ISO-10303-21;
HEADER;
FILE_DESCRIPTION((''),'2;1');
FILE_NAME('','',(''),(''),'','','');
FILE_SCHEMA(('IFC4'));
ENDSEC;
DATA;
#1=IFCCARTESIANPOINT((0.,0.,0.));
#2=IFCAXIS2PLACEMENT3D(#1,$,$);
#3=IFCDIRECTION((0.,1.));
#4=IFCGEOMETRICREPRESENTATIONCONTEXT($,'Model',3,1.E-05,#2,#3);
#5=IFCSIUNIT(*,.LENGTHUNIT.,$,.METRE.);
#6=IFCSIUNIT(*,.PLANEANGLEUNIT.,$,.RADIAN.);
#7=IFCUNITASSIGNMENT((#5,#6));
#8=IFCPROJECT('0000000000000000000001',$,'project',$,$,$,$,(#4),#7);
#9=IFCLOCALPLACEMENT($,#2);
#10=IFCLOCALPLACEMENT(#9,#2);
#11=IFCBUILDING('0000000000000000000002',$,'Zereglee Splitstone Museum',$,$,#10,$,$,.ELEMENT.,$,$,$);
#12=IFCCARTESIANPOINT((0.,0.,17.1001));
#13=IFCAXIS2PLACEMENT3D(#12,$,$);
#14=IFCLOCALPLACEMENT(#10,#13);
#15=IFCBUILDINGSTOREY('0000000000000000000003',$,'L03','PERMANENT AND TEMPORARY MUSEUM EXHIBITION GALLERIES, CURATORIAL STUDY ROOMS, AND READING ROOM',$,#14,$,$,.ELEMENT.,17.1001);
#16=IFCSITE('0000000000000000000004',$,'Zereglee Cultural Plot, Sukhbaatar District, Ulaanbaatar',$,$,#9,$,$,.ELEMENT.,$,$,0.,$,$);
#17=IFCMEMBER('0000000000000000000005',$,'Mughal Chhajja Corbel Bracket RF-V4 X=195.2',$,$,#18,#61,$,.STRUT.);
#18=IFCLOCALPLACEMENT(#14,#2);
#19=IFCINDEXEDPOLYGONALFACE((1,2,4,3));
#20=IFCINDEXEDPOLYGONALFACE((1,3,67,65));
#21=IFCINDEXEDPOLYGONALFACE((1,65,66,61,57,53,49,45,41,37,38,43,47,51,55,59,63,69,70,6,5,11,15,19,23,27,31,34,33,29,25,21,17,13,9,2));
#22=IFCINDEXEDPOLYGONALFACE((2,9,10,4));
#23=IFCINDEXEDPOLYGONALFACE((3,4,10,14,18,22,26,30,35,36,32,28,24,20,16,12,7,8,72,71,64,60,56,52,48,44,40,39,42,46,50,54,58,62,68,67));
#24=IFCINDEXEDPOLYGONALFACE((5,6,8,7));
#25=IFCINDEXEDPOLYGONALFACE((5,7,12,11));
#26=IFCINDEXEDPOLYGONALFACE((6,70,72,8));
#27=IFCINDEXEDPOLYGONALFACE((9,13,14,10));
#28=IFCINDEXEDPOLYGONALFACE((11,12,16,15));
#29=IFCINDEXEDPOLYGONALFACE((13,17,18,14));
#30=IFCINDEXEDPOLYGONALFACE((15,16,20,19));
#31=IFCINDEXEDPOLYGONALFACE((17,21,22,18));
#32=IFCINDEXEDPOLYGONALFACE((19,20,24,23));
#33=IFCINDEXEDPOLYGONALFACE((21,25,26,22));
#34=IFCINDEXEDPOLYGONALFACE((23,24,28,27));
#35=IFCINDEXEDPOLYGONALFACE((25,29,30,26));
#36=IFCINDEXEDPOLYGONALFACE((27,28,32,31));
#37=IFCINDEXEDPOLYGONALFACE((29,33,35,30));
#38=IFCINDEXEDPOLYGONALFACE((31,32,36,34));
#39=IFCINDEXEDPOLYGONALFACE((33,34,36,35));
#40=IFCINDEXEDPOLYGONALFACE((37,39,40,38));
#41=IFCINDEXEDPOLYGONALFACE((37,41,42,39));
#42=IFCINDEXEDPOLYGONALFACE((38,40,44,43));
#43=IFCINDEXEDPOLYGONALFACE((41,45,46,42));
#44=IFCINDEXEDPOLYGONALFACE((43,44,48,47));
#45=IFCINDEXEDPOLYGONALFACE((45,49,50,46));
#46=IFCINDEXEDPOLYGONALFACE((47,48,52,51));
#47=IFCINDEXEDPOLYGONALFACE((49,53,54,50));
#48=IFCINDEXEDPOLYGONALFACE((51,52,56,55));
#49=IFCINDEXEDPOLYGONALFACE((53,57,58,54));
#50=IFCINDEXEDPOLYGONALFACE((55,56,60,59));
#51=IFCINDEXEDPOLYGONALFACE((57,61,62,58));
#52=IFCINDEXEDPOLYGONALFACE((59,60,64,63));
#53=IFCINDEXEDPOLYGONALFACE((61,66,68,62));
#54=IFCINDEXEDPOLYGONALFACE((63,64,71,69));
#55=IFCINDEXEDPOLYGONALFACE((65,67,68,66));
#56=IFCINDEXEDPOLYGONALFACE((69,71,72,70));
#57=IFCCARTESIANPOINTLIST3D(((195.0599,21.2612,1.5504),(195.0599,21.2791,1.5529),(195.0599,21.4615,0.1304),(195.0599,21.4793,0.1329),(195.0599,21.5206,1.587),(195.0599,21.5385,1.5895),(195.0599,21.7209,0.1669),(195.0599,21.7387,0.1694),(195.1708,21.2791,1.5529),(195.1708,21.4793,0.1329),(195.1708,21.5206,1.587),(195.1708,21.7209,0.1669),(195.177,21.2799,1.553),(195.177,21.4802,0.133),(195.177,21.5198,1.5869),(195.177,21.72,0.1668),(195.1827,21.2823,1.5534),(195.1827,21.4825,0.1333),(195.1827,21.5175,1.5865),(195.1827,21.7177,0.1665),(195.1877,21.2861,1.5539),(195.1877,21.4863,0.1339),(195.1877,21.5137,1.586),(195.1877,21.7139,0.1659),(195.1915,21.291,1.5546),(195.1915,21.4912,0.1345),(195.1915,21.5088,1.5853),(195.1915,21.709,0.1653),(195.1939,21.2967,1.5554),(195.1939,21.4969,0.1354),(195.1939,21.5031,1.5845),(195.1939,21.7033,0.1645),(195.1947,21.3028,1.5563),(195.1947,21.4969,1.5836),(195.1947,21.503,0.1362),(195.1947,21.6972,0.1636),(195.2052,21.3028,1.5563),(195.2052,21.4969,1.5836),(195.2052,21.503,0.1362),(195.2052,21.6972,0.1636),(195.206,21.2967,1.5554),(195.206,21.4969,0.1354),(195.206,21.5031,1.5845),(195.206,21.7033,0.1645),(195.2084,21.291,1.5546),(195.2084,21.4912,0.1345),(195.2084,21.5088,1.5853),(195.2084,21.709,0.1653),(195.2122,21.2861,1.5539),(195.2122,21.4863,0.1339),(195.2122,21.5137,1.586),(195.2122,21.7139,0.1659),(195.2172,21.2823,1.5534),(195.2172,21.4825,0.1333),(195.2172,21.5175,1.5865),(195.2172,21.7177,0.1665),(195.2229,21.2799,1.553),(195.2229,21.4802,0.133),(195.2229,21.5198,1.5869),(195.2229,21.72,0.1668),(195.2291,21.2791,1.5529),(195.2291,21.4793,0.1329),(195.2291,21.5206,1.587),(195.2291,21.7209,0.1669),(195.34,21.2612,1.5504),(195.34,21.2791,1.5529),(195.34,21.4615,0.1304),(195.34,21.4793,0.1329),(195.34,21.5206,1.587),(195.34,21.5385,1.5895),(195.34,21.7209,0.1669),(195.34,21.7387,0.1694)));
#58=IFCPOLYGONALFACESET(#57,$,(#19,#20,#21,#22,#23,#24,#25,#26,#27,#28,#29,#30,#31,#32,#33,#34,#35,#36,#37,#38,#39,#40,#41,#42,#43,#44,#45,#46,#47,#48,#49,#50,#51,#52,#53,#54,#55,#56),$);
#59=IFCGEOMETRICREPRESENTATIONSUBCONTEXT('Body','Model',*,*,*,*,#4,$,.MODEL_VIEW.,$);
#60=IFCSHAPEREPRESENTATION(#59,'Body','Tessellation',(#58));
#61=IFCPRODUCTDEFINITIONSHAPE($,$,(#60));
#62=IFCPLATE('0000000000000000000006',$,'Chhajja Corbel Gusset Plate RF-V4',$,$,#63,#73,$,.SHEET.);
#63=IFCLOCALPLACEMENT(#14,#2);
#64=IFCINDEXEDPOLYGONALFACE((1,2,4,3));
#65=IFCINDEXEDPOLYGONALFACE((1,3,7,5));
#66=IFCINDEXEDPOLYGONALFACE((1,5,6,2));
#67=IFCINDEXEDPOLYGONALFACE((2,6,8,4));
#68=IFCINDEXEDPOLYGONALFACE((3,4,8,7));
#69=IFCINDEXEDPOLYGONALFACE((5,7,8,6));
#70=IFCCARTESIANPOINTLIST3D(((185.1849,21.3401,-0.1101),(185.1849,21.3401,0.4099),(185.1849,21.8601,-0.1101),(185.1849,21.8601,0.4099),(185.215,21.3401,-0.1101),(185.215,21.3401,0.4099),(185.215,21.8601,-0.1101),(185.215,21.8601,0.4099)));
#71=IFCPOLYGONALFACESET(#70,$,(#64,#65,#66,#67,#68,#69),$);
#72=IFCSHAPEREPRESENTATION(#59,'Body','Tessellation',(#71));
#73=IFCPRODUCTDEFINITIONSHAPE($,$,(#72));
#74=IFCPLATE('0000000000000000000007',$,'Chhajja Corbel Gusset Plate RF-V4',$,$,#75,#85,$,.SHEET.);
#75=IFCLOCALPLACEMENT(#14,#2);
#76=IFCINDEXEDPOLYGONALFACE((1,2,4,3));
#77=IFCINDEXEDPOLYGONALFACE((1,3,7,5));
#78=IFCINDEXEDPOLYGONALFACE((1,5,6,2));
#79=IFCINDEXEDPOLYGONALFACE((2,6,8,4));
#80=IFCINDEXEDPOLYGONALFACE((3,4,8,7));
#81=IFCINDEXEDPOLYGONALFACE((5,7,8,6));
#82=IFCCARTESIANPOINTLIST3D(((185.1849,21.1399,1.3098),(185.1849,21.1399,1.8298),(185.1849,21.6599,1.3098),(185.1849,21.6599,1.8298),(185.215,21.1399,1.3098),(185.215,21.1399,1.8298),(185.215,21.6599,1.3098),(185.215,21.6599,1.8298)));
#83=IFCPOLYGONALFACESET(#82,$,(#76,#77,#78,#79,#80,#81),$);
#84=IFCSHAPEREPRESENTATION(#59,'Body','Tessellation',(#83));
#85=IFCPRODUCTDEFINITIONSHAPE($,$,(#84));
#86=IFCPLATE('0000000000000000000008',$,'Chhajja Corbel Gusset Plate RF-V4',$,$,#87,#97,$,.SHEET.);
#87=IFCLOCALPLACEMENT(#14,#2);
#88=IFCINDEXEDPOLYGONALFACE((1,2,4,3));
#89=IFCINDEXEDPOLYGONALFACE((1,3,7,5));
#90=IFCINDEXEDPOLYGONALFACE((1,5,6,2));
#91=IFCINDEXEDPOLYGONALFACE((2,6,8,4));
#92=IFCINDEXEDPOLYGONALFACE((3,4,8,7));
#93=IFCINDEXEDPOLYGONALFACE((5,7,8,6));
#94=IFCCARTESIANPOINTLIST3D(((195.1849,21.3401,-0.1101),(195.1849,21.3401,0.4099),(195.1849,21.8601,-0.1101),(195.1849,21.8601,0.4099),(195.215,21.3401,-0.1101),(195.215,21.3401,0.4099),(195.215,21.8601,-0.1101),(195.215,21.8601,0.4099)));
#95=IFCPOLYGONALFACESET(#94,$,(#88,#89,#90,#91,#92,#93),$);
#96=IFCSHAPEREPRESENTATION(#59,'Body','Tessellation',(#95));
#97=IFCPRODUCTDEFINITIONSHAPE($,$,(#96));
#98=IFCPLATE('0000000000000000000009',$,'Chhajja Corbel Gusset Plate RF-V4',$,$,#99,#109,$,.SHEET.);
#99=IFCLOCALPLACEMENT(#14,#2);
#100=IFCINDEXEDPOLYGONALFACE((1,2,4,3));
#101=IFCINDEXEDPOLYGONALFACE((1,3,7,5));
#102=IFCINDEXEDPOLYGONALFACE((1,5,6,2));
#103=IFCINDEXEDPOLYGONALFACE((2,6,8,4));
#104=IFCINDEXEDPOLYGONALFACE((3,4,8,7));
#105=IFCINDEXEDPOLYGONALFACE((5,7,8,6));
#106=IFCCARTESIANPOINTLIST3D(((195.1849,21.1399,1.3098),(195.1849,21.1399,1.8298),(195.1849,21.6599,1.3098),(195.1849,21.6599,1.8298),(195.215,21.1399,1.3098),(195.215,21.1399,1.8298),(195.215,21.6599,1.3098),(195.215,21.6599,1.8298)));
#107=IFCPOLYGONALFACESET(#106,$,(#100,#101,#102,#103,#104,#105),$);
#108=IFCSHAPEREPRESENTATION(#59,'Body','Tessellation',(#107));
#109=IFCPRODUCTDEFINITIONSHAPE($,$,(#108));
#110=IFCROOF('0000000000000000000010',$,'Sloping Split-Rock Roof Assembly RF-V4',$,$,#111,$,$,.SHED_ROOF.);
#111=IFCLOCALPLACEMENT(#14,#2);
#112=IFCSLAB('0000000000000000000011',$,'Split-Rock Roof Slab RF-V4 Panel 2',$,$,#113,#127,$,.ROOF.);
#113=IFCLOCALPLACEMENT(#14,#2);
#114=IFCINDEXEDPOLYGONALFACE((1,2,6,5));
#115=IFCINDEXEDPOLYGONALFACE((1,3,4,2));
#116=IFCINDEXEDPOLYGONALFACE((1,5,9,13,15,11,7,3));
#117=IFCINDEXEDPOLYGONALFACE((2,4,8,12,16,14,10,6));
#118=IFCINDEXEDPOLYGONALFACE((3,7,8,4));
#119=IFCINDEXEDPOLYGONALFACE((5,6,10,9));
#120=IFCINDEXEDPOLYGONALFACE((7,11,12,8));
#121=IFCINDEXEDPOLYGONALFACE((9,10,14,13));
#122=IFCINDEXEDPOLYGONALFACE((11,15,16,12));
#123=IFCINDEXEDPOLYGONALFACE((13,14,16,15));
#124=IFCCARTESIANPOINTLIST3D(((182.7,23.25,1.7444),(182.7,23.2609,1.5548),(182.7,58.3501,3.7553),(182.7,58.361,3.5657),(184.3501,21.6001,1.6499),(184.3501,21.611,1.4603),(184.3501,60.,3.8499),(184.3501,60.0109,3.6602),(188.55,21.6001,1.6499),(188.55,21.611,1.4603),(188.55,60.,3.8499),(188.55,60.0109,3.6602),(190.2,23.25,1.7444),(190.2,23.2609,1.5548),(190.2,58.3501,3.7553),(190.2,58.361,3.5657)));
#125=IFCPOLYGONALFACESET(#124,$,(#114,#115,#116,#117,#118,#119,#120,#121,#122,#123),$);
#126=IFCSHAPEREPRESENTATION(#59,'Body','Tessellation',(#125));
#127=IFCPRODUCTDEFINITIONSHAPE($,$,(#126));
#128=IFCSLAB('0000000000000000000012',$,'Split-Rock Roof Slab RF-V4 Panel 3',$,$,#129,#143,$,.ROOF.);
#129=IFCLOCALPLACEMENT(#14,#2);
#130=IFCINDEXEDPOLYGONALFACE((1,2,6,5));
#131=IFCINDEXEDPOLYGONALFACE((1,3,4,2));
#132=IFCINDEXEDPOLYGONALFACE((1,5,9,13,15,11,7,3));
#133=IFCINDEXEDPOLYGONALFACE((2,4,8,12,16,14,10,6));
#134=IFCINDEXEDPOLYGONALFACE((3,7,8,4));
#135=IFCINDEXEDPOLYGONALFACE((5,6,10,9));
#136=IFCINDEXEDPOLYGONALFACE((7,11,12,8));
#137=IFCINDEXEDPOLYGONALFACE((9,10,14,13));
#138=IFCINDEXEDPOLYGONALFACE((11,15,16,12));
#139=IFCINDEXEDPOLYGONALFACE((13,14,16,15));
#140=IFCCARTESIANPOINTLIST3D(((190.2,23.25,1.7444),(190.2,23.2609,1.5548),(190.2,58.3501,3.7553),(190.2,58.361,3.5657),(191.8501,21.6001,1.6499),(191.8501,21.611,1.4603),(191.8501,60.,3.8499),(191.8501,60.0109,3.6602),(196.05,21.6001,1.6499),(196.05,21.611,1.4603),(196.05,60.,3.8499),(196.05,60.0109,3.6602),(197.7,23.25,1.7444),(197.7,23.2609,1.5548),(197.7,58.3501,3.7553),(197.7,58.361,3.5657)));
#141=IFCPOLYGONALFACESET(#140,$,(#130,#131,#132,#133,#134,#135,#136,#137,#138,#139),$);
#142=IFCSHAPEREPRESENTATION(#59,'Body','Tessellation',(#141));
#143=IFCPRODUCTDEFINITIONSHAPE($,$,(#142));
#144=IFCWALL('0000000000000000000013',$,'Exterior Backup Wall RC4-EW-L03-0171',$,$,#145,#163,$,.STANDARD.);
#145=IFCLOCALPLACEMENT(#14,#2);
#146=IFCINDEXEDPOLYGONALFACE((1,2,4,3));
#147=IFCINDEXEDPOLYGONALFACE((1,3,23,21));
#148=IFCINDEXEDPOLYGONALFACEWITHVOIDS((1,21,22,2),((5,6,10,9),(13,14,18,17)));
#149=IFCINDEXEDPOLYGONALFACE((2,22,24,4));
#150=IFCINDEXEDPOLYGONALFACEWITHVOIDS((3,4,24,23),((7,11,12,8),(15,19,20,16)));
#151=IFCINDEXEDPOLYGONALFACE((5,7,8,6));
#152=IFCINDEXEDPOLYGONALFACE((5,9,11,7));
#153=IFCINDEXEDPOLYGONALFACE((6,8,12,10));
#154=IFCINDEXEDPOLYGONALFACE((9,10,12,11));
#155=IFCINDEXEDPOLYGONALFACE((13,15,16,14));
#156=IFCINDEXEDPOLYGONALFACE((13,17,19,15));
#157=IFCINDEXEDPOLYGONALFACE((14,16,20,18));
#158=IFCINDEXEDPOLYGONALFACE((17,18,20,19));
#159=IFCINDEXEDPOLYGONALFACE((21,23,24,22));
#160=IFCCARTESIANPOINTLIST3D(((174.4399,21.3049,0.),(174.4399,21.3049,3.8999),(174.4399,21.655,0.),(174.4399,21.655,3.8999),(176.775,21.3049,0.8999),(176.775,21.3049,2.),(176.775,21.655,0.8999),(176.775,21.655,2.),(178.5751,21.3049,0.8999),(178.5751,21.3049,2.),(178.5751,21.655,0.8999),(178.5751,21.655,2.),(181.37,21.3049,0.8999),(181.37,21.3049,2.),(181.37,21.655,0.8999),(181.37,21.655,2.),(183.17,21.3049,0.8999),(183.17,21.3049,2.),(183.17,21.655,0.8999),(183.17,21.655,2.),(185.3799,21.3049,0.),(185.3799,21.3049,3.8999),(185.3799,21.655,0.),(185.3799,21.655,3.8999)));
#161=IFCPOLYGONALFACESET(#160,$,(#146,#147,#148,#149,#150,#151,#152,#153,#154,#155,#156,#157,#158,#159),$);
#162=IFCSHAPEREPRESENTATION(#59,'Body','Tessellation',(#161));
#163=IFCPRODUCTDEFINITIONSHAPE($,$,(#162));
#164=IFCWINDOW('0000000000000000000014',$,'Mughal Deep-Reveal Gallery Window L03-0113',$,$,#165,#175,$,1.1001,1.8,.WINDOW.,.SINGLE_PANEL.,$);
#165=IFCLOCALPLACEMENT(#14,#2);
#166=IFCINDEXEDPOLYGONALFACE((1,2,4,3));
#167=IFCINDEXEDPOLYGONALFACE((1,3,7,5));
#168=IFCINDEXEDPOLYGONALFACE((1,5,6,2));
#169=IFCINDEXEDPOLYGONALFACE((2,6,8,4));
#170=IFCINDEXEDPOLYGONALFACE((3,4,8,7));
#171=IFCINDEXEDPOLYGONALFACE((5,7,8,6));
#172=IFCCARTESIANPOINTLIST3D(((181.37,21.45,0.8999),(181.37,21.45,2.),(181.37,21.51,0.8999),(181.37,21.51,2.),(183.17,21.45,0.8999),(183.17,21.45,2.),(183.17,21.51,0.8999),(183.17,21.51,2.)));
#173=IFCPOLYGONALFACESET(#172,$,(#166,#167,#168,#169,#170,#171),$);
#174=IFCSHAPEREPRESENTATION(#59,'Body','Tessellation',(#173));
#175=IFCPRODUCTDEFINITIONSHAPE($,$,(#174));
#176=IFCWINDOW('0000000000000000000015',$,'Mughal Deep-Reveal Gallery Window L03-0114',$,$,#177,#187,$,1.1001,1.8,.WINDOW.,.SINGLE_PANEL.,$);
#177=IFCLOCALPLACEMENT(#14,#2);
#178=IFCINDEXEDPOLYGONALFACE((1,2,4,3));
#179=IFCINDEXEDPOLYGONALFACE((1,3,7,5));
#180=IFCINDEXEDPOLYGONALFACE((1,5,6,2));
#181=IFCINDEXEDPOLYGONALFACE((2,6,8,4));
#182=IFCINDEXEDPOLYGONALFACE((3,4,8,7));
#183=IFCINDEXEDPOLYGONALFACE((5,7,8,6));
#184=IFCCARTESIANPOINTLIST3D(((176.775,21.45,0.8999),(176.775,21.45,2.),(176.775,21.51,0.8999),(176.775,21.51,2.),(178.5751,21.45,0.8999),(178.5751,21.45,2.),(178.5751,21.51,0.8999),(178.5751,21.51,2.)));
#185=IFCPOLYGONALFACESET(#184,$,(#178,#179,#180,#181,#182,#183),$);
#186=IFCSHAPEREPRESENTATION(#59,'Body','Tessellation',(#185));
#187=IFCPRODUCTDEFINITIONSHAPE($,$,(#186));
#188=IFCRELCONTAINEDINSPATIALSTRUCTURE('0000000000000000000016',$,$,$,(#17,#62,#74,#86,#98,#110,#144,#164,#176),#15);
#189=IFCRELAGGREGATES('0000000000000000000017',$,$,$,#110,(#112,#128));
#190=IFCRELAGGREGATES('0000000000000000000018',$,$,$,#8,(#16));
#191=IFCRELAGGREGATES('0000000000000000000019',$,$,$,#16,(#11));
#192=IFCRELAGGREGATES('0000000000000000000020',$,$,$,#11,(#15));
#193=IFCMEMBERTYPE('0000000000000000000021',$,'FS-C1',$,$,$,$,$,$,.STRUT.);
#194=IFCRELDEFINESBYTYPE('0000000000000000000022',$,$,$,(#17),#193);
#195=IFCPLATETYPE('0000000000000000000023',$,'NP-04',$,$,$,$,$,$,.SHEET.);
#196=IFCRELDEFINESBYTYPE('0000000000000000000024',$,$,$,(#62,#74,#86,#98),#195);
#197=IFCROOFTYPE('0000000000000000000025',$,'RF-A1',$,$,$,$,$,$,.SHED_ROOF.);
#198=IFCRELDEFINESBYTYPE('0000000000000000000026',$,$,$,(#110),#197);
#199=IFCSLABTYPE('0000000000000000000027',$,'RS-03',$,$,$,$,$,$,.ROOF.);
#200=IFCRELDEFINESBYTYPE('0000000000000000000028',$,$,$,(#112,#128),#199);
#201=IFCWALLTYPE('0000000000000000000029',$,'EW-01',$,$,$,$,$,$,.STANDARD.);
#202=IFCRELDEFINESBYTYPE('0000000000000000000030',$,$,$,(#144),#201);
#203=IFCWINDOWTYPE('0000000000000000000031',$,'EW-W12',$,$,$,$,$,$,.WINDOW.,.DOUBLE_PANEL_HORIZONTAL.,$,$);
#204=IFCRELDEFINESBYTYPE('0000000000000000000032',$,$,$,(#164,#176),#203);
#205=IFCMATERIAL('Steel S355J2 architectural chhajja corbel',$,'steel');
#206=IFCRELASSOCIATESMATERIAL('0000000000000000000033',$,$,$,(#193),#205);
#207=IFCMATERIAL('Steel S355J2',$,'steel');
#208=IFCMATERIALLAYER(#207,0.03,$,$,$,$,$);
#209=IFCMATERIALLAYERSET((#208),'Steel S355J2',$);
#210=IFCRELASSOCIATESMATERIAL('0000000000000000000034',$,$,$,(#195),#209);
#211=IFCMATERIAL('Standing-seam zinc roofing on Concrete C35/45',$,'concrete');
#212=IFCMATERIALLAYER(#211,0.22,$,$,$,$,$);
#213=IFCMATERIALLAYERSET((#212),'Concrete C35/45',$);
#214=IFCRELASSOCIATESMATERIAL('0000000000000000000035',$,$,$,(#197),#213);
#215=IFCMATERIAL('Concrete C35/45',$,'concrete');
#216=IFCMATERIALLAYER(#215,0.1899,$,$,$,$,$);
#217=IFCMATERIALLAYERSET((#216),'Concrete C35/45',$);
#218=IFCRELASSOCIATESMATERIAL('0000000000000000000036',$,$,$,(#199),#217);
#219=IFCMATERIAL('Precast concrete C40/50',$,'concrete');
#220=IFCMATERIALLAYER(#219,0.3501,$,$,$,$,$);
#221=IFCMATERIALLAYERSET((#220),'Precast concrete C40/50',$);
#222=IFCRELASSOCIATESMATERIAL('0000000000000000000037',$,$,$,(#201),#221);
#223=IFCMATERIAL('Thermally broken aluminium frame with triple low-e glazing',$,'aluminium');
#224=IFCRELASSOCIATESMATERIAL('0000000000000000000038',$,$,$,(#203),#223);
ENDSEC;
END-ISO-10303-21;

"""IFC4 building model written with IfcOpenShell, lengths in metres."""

from ifc_helpers import new_model, si_unit, direction, frame, frame_2d, origin, origin_2d, place, context, subcontext, project, spatial, polyline, rectangle, i_section, outline, extrude, material, layer, layer_set, material_profile, profile_set, type_object, element, fill, aggregate, save


model = new_model("IFC4")

# Units and contexts
model_context = context("Model", 3, precision=1e-05, world=origin(), true_north=direction((0.0, 1.0)))
body_context = subcontext(model_context, "Body", "Model", "MODEL_VIEW")
ifc_project = project(units=[si_unit("LENGTHUNIT", "METRE"), si_unit("PLANEANGLEUNIT", "RADIAN")], contexts=[model_context])

# Site, building, storey
site_placement = place(None, origin())
site = spatial("IfcSite", under=ifc_project, at=site_placement, Name="Zereglee Cultural Plot, Sukhbaatar District, Ulaanbaatar", CompositionType="ELEMENT", RefElevation=0.0)
building_placement = place(site_placement, origin())
building = spatial("IfcBuilding", under=site, at=building_placement, Name="Zereglee Splitstone Museum", CompositionType="ELEMENT")
storey_placement = place(building_placement, frame((0.0, 0.0, 17.1001)))
storey = spatial("IfcBuildingStorey", under=building, at=storey_placement, Name="L03", Description="PERMANENT AND TEMPORARY MUSEUM EXHIBITION GALLERIES, CURATORIAL STUDY ROOMS, AND READING ROOM", CompositionType="ELEMENT", Elevation=17.1001)

# Shared definitions
ifc_material_1 = material(Name="Steel S355J2", Category="steel")

# Member
ifc_material_2 = material(Name="Steel S355J2 architectural chhajja corbel", Category="steel")
ifc_material_profile_1 = material_profile(ifc_material_2, i_section(OverallWidth=0.28, OverallDepth=0.28, WebThickness=0.0105, FlangeThickness=0.0181, FilletRadius=0.0239, at=origin_2d()), Name="HE 280 B")
ifc_profile_set_1 = profile_set([ifc_material_profile_1], Name="Steel S355J2 architectural chhajja corbel")
member_type = type_object("IfcMemberType", Name="FS-C1", PredefinedType="STRUT", material=ifc_profile_set_1)
for number, where, z_axis, x_axis, name in (
    (1, (195.2, 21.6001, 0.1499), (0.0, -0.13961, 0.990207), (1.0, 0.0, 0.0), "Mughal Chhajja Corbel Bracket RF-V4 X=195.2"),
):
    element("IfcMember", number, at=place(storey_placement, frame(where, z_axis=z_axis, x_axis=x_axis)), inside=storey, type_object=member_type, Name=name, PredefinedType="STRUT", context=body_context, shape_type="SweptSolid", body=[
        extrude(i_section(OverallWidth=0.28, OverallDepth=0.28, WebThickness=0.0105, FlangeThickness=0.0181, FilletRadius=0.0239, at=origin_2d()), origin(), (0.0, 0.0, 1.0), 1.4341),
    ])

# Plates
ifc_layer_1 = layer(ifc_material_1, 0.03)
ifc_layer_set_1 = layer_set([ifc_layer_1], Name="Steel S355J2")
plate_type = type_object("IfcPlateType", Name="NP-04", PredefinedType="SHEET", material=ifc_layer_set_1)
for number, where, z_axis, x_axis, name in (
    (2, (185.2, 21.6001, -0.1101), (0.0, 0.0, 1.0), (1.0, 0.0, 0.0), "Chhajja Corbel Gusset Plate RF-V4"),
    (3, (185.2, 21.3999, 1.3098), (0.0, 0.0, 1.0), (1.0, 0.0, 0.0), "Chhajja Corbel Gusset Plate RF-V4"),
    (4, (195.2, 21.6001, -0.1101), (0.0, 0.0, 1.0), (1.0, 0.0, 0.0), "Chhajja Corbel Gusset Plate RF-V4"),
    (5, (195.2, 21.3999, 1.3098), (0.0, 0.0, 1.0), (1.0, 0.0, 0.0), "Chhajja Corbel Gusset Plate RF-V4"),
):
    element("IfcPlate", number, at=place(storey_placement, frame(where, z_axis=z_axis, x_axis=x_axis)), inside=storey, type_object=plate_type, Name=name, PredefinedType="SHEET", context=body_context, shape_type="SweptSolid", body=[
        extrude(rectangle(XDim=0.03, YDim=0.52, at=origin_2d()), origin(), (0.0, 0.0, 1.0), 0.52),
    ])

# Roof, slabs
ifc_material_3 = material(Name="Standing-seam zinc roofing on Concrete C35/45", Category="concrete")
ifc_layer_2 = layer(ifc_material_3, 0.22)
ifc_layer_set_2 = layer_set([ifc_layer_2], Name="Concrete C35/45")
roof_type = type_object("IfcRoofType", Name="RF-A1", PredefinedType="SHED_ROOF", material=ifc_layer_set_2)
roof_placement = place(storey_placement, origin())
roof = element("IfcRoof", 6, at=roof_placement, inside=storey, type_object=roof_type, Name="Sloping Split-Rock Roof Assembly RF-V4", PredefinedType="SHED_ROOF")
ifc_material_4 = material(Name="Concrete C35/45", Category="concrete")
ifc_layer_3 = layer(ifc_material_4, 0.1899)
ifc_layer_set_3 = layer_set([ifc_layer_3], Name="Concrete C35/45")
slab_type = type_object("IfcSlabType", Name="RS-03", PredefinedType="ROOF", material=ifc_layer_set_3)
slab_1_placement = place(storey_placement, frame((184.3501, 21.6001, 1.6499), z_axis=(0.0, -0.057197, 0.998363), x_axis=(1.0, 0.0, 0.0)))
slab_1 = element("IfcSlab", 7, at=slab_1_placement, type_object=slab_type, Name="Split-Rock Roof Slab RF-V4 Panel 2", PredefinedType="ROOF", context=body_context, shape_type="SweptSolid", body=[
    extrude(outline(polyline([(0.0, 0.0), (4.2, 0.0), (5.8499, 1.6526), (5.8499, 36.8103), (4.2, 38.4629), (0.0, 38.4629), (-1.6501, 36.8103), (-1.6501, 1.6526), (0.0, 0.0)])), origin(), (0.0, 0.0, -1.0), 0.1899),
])
slab_2_placement = place(storey_placement, frame((191.8501, 21.6001, 1.6499), z_axis=(0.0, -0.057197, 0.998363), x_axis=(1.0, 0.0, 0.0)))
slab_2 = element("IfcSlab", 8, at=slab_2_placement, type_object=slab_type, Name="Split-Rock Roof Slab RF-V4 Panel 3", PredefinedType="ROOF", context=body_context, shape_type="SweptSolid", body=[
    extrude(outline(polyline([(0.0, 0.0), (4.2, 0.0), (5.8499, 1.6526), (5.8499, 36.8103), (4.2, 38.4629), (0.0, 38.4629), (-1.6501, 36.8103), (-1.6501, 1.6526), (0.0, 0.0)])), origin(), (0.0, 0.0, -1.0), 0.1899),
])
aggregate(roof, [slab_1, slab_2])

# Wall, openings, windows
ifc_material_5 = material(Name="Precast concrete C40/50", Category="concrete")
ifc_layer_4 = layer(ifc_material_5, 0.3501)
ifc_layer_set_4 = layer_set([ifc_layer_4], Name="Precast concrete C40/50")
wall_type = type_object("IfcWallType", Name="EW-01", PredefinedType="STANDARD", material=ifc_layer_set_4)
wall_placement = place(storey_placement, frame((185.3799, 21.48, 0.0), z_axis=(0.0, 0.0, 1.0), x_axis=(-1.0, 0.0, 0.0)))
wall = element("IfcWall", 9, at=wall_placement, inside=storey, type_object=wall_type, Name="Exterior Backup Wall RC4-EW-L03-0171", PredefinedType="STANDARD", context=body_context, shape_type="SweptSolid", body=[
    extrude(rectangle(XDim=10.9399, YDim=0.3501, at=frame_2d((5.47, 0.0))), origin(), (0.0, 0.0, 1.0), 3.8999),
])
opening_1_placement = place(wall_placement, frame((2.21, 0.0, 0.8999)))
opening_1 = element("IfcOpeningElement", 10, at=opening_1_placement, cuts=wall, PredefinedType="OPENING", context=body_context, shape_type="SweptSolid", body=[
    extrude(rectangle(XDim=1.8, YDim=1.1001, at=frame_2d((0.8999, 0.55))), frame((0.0, 0.1899, 0.0), z_axis=(0.0, -1.0, 0.0), x_axis=(1.0, 0.0, 0.0)), (0.0, 0.0, 1.0), 0.3799),
])
opening_2_placement = place(wall_placement, frame((6.8049, 0.0, 0.8999)))
opening_2 = element("IfcOpeningElement", 11, at=opening_2_placement, cuts=wall, PredefinedType="OPENING", context=body_context, shape_type="SweptSolid", body=[
    extrude(rectangle(XDim=1.8, YDim=1.1001, at=frame_2d((0.8999, 0.55))), frame((0.0, 0.1899, 0.0), z_axis=(0.0, -1.0, 0.0), x_axis=(1.0, 0.0, 0.0)), (0.0, 0.0, 1.0), 0.3799),
])
ifc_material_6 = material(Name="Thermally broken aluminium frame with triple low-e glazing", Category="aluminium")
window_type = type_object("IfcWindowType", Name="EW-W12", PartitioningType="DOUBLE_PANEL_HORIZONTAL", PredefinedType="WINDOW", material=ifc_material_6)
window_1_placement = place(opening_1_placement, origin())
window_1 = element("IfcWindow", 12, at=window_1_placement, inside=storey, type_object=window_type, Name="Mughal Deep-Reveal Gallery Window L03-0113", OverallHeight=1.1001, OverallWidth=1.8, PartitioningType="SINGLE_PANEL", PredefinedType="WINDOW", context=body_context, shape_type="SweptSolid", body=[
    extrude(rectangle(XDim=1.8, YDim=1.1001, at=frame_2d((0.8999, 0.55))), frame((0.0, 0.03, 0.0), z_axis=(0.0, -1.0, 0.0), x_axis=(1.0, 0.0, 0.0)), (0.0, 0.0, 1.0), 0.0601),
])
fill(opening_1, window_1)
window_2_placement = place(opening_2_placement, origin())
window_2 = element("IfcWindow", 13, at=window_2_placement, inside=storey, type_object=window_type, Name="Mughal Deep-Reveal Gallery Window L03-0114", OverallHeight=1.1001, OverallWidth=1.8, PartitioningType="SINGLE_PANEL", PredefinedType="WINDOW", context=body_context, shape_type="SweptSolid", body=[
    extrude(rectangle(XDim=1.8, YDim=1.1001, at=frame_2d((0.8999, 0.55))), frame((0.0, 0.03, 0.0), z_axis=(0.0, -1.0, 0.0), x_axis=(1.0, 0.0, 0.0)), (0.0, 0.0, 1.0), 0.0601),
])
fill(opening_2, window_2)

save(model, "model.ifc")
